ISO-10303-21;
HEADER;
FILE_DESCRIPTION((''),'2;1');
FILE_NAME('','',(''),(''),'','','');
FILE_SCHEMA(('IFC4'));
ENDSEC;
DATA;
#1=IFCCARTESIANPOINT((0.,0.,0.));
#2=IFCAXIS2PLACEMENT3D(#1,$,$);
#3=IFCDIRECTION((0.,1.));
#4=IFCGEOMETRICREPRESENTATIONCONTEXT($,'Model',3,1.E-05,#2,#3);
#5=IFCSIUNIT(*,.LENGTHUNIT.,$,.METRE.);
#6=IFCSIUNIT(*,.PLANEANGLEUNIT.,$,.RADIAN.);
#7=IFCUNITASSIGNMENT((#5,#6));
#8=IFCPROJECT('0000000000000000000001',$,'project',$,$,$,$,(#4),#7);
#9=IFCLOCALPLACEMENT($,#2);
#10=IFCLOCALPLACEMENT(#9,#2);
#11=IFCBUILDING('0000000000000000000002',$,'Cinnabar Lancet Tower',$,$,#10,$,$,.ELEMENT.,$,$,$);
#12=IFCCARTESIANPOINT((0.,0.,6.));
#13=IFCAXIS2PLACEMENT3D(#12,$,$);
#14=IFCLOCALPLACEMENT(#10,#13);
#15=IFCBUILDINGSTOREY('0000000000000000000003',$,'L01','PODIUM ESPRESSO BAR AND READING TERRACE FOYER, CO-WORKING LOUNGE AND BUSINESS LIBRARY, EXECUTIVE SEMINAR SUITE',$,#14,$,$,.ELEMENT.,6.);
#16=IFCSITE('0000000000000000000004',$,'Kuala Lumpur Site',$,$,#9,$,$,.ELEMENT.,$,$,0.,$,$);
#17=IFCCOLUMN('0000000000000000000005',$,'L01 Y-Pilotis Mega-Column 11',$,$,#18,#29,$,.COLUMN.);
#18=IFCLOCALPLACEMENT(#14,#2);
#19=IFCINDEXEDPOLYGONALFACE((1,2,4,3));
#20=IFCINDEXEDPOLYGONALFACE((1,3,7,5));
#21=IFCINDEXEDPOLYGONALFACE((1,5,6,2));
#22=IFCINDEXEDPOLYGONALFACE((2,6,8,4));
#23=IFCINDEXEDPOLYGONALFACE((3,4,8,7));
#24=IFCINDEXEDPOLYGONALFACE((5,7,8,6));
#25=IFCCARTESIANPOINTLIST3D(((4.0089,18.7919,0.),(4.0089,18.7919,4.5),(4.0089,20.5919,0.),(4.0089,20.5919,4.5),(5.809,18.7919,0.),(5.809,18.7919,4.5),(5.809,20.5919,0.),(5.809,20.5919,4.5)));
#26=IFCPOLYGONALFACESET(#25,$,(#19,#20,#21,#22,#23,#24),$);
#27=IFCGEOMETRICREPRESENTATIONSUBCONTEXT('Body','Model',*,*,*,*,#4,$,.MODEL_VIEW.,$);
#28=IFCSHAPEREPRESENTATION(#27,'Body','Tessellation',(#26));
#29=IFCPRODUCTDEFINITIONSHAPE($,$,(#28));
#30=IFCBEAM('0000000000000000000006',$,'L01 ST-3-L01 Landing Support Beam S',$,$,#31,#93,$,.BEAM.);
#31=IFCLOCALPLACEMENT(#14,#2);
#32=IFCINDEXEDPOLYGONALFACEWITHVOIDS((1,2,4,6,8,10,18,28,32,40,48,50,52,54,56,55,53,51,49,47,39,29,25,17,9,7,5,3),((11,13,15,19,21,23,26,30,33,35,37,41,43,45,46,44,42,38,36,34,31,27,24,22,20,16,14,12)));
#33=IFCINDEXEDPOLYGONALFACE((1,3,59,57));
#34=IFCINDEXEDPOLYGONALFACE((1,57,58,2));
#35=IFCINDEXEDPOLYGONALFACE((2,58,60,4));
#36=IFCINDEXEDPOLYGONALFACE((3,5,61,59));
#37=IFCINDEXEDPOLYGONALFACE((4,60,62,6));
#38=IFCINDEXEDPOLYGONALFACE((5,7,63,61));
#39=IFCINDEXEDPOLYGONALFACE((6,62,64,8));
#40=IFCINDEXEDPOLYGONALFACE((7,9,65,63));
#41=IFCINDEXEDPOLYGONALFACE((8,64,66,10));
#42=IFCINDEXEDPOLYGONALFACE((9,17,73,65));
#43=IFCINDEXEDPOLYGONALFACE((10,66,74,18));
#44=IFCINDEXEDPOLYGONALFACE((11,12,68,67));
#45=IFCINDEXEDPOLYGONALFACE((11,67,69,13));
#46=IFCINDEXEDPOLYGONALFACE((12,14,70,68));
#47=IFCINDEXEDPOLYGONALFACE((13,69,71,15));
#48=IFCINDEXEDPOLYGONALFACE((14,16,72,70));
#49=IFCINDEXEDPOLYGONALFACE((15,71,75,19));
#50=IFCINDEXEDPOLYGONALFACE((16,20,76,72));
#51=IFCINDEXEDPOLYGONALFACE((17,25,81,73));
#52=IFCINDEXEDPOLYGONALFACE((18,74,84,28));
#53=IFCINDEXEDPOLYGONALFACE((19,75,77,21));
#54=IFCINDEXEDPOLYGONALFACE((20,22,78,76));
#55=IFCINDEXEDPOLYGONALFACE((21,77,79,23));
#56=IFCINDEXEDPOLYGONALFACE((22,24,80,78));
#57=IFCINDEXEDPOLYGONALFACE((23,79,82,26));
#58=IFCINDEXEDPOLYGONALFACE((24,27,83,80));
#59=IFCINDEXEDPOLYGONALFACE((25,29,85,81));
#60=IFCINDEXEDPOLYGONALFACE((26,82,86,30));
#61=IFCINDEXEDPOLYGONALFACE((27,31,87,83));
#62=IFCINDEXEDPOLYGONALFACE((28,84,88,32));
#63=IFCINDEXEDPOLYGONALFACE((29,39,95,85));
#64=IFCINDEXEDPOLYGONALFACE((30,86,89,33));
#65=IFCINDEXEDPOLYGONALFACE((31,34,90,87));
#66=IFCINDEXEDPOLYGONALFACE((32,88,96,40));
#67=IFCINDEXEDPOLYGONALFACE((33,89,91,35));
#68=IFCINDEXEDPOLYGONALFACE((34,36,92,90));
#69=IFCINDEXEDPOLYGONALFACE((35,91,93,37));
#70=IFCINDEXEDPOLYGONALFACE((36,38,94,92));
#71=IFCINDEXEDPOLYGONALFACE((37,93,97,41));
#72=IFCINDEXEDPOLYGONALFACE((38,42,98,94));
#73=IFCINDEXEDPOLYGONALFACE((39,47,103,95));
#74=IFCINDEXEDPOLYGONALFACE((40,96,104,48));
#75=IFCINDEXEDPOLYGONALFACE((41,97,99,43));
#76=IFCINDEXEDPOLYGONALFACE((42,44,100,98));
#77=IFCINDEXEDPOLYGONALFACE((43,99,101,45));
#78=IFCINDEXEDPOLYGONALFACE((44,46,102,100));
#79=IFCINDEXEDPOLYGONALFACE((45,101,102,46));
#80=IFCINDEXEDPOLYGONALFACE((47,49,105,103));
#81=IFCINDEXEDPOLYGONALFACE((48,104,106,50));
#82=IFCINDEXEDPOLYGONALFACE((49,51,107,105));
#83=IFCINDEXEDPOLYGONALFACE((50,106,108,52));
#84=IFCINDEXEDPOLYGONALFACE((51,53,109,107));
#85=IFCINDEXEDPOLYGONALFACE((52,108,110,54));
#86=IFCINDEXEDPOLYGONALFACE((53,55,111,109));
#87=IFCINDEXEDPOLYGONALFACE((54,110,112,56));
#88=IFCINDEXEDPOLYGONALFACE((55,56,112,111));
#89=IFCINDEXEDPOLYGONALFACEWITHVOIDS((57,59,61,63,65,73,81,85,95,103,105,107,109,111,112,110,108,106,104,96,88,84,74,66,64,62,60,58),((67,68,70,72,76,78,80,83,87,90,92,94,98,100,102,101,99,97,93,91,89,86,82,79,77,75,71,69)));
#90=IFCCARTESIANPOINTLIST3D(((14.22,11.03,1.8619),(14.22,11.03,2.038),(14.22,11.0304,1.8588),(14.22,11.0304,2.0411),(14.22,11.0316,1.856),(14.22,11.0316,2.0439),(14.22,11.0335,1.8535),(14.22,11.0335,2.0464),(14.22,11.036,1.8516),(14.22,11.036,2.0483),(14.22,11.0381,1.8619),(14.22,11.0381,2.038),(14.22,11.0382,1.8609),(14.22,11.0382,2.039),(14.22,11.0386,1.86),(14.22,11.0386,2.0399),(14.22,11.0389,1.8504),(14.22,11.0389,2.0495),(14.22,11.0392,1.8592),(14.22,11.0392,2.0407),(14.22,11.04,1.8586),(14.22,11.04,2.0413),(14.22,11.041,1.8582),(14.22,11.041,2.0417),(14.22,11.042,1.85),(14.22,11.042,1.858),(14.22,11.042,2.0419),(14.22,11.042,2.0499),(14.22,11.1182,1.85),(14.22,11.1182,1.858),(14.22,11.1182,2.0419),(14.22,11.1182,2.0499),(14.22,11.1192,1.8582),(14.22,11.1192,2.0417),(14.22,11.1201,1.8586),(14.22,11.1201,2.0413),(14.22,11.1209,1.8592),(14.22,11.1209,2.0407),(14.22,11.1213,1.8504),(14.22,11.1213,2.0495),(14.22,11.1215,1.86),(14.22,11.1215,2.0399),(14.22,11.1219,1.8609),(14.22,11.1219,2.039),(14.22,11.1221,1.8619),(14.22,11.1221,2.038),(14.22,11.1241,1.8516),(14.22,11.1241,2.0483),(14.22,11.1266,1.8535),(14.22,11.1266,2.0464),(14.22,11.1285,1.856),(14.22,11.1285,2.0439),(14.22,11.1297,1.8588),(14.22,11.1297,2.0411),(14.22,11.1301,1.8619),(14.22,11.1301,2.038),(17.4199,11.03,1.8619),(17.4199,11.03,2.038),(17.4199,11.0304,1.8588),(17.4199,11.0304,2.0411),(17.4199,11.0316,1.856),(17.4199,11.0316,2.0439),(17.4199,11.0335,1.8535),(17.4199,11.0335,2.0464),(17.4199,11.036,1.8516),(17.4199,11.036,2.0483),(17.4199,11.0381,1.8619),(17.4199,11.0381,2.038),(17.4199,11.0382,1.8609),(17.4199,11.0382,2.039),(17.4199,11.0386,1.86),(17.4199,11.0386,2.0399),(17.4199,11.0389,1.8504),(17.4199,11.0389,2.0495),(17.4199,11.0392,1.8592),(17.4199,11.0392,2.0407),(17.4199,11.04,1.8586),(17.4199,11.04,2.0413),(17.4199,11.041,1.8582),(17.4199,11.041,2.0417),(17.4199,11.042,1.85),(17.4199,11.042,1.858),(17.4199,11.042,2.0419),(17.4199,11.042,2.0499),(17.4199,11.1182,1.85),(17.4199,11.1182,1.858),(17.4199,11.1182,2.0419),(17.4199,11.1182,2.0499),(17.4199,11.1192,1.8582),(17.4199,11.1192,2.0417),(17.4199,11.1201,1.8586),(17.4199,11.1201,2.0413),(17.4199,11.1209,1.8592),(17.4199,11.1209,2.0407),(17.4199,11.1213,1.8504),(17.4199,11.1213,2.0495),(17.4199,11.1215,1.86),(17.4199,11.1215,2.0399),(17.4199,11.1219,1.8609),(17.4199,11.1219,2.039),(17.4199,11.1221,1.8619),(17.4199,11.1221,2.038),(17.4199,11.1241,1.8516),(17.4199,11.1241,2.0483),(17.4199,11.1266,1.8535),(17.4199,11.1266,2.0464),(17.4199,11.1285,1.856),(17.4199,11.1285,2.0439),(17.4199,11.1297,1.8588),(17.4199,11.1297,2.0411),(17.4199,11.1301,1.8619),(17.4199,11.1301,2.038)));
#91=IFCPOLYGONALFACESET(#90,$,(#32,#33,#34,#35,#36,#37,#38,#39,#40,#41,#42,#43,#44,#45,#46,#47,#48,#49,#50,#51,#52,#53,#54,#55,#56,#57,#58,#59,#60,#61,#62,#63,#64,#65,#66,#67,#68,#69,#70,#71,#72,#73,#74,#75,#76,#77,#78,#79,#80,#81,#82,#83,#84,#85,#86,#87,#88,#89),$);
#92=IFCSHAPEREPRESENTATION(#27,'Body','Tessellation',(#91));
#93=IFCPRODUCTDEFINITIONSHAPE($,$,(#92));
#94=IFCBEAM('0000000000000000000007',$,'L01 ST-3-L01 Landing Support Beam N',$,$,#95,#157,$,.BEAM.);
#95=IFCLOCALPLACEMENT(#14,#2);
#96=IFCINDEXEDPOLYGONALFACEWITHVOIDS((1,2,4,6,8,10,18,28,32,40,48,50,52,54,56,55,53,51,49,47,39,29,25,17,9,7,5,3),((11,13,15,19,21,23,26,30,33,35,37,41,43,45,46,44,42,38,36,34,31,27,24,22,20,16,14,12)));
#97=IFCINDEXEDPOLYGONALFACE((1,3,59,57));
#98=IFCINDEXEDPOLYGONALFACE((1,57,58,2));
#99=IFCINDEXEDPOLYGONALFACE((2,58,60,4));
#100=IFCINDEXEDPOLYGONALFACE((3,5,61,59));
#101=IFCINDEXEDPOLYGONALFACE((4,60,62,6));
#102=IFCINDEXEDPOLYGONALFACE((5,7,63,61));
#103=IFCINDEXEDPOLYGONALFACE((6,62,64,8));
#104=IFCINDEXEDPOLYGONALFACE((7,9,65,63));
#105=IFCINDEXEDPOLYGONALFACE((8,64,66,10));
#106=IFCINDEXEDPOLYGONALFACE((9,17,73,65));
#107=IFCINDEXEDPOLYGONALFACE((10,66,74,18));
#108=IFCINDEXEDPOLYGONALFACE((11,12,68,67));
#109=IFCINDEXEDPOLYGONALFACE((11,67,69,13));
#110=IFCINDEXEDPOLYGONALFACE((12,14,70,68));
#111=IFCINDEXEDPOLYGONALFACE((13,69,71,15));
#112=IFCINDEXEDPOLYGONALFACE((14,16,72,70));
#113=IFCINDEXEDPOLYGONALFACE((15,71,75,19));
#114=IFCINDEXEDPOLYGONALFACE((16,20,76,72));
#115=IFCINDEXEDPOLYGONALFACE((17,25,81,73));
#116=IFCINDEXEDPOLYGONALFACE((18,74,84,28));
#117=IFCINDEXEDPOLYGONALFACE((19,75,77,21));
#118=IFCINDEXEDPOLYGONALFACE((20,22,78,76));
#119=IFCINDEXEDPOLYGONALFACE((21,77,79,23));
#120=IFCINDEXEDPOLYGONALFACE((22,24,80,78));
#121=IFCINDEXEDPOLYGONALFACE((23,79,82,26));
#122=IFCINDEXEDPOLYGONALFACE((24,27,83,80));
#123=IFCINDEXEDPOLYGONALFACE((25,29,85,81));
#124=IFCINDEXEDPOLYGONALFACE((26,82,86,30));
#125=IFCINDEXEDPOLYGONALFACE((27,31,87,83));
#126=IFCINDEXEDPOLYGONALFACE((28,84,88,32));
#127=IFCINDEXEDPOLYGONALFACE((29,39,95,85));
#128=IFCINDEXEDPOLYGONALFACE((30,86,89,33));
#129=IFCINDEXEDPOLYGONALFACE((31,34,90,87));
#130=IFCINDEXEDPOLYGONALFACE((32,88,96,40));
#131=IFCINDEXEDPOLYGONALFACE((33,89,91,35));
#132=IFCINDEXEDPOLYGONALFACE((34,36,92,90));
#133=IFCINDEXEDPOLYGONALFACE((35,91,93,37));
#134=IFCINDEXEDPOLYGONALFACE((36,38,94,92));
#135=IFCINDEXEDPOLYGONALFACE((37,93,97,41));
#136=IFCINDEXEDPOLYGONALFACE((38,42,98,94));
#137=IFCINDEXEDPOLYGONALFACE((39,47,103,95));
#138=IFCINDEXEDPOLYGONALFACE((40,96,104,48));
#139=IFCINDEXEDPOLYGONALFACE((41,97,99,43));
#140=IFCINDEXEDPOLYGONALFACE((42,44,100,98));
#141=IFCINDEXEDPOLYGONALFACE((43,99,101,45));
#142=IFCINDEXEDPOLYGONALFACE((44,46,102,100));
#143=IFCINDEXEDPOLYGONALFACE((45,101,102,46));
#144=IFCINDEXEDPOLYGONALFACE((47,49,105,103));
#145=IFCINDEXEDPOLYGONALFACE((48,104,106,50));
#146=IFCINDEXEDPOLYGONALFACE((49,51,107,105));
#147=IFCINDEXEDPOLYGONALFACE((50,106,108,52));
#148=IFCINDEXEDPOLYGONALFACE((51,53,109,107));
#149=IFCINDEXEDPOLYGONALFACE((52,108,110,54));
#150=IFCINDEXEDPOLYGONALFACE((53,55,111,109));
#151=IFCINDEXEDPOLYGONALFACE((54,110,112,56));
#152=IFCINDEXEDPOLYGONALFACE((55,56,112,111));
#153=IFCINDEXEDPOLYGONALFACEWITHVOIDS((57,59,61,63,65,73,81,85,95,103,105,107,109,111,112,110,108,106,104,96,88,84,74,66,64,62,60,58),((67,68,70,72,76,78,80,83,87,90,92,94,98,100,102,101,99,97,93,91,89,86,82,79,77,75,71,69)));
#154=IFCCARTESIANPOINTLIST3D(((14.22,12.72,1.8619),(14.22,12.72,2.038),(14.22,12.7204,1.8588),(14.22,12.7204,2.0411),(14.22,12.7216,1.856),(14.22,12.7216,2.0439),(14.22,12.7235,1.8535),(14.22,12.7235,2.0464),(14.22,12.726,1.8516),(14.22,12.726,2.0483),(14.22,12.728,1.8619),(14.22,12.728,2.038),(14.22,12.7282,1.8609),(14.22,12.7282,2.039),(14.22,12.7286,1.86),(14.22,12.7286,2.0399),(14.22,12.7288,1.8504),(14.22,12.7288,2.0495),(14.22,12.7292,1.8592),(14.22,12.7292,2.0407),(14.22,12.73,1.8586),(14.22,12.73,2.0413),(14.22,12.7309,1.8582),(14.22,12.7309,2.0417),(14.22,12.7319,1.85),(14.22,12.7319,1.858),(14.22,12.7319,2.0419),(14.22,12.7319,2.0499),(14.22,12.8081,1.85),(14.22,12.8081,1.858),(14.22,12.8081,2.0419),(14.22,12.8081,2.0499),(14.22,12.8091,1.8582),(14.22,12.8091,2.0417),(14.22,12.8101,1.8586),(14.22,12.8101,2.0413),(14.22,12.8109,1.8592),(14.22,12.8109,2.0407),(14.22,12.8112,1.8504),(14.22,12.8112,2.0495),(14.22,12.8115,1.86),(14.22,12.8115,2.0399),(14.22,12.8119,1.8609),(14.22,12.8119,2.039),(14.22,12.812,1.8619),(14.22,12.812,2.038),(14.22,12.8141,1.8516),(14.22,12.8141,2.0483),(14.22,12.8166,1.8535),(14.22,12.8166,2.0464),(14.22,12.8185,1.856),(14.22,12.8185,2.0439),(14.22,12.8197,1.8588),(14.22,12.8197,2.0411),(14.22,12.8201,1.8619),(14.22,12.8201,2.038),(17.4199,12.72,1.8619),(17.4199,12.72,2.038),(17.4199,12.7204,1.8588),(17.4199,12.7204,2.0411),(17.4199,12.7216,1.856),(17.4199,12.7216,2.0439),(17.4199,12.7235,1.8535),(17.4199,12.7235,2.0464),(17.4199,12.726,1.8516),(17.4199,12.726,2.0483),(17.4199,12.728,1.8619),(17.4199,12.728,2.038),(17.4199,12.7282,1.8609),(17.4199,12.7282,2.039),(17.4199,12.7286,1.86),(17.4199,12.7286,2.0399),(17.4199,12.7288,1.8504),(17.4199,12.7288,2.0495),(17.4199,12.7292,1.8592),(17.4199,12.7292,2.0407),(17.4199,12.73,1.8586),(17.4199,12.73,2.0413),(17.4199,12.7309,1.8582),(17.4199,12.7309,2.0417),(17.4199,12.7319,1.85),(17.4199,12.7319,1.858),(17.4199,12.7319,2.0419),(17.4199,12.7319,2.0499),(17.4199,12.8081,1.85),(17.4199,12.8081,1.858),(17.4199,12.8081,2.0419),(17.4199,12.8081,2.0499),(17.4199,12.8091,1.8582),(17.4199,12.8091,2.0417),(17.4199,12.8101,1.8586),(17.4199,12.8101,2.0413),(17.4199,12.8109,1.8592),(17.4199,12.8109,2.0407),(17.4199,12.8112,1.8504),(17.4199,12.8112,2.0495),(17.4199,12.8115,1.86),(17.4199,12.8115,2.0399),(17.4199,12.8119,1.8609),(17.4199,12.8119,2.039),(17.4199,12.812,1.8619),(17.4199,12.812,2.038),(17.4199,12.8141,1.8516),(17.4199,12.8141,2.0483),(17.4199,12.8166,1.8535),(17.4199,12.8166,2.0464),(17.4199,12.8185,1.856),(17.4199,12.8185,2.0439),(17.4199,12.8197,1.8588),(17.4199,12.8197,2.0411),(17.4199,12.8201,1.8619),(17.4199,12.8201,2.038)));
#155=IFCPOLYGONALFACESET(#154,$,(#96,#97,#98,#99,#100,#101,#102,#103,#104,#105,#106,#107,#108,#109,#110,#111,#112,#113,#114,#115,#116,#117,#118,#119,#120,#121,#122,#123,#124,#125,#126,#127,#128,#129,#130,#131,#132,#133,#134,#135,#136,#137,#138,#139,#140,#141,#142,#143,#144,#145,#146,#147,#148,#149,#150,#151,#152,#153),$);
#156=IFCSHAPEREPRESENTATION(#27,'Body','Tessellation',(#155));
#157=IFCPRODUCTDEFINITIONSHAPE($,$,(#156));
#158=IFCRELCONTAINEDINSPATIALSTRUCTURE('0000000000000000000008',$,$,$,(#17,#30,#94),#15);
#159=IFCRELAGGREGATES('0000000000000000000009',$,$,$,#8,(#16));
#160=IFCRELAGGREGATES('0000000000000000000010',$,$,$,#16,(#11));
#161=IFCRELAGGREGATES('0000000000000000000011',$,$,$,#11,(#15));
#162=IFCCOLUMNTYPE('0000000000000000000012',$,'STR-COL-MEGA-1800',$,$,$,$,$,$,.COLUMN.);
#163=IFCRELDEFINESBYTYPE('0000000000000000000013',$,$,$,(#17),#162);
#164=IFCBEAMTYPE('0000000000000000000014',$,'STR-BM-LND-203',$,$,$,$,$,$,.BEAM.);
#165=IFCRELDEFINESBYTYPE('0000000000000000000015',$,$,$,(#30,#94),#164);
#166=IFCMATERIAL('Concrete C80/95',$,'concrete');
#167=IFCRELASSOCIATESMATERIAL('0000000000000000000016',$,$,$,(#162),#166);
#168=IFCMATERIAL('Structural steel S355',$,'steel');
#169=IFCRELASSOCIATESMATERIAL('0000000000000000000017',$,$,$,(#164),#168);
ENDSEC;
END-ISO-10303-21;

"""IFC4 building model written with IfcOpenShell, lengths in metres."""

from ifc_helpers import new_model, si_unit, direction, frame, origin, origin_2d, place, context, subcontext, project, spatial, rectangle, hollow_rectangle, extrude, material, material_profile, profile_set, type_object, element, save


model = new_model("IFC4")

# Units and contexts
model_context = context("Model", 3, precision=1e-05, world=origin(), true_north=direction((0.0, 1.0)))
body_context = subcontext(model_context, "Body", "Model", "MODEL_VIEW")
ifc_project = project(units=[si_unit("LENGTHUNIT", "METRE"), si_unit("PLANEANGLEUNIT", "RADIAN")], contexts=[model_context])

# Site, building, storey
site_placement = place(None, origin())
site = spatial("IfcSite", under=ifc_project, at=site_placement, Name="Kuala Lumpur Site", CompositionType="ELEMENT", RefElevation=0.0)
building_placement = place(site_placement, origin())
building = spatial("IfcBuilding", under=site, at=building_placement, Name="Cinnabar Lancet Tower", CompositionType="ELEMENT")
storey_placement = place(building_placement, frame((0.0, 0.0, 6.0)))
storey = spatial("IfcBuildingStorey", under=building, at=storey_placement, Name="L01", Description="PODIUM ESPRESSO BAR AND READING TERRACE FOYER, CO-WORKING LOUNGE AND BUSINESS LIBRARY, EXECUTIVE SEMINAR SUITE", CompositionType="ELEMENT", Elevation=6.0)

# Column
ifc_material_1 = material(Name="Concrete C80/95", Category="concrete")
ifc_material_profile_1 = material_profile(ifc_material_1, rectangle(XDim=1.8, YDim=1.8, at=origin_2d()), Name="RC-MEGA 1800x1800")
ifc_profile_set_1 = profile_set([ifc_material_profile_1], Name="Concrete C80/95")
column_type = type_object("IfcColumnType", Name="STR-COL-MEGA-1800", PredefinedType="COLUMN", material=ifc_profile_set_1)
column_placement = place(storey_placement, frame((4.9089, 19.6919, 0.0), z_axis=(0.0, 0.0, 1.0), x_axis=(1.0, 0.0, 0.0)))
element("IfcColumn", 1, at=column_placement, inside=storey, type_object=column_type, Name="L01 Y-Pilotis Mega-Column 11", PredefinedType="COLUMN", context=body_context, shape_type="SweptSolid", body=[
    extrude(rectangle(XDim=1.8, YDim=1.8, at=origin_2d()), origin(), (0.0, 0.0, 1.0), 4.5),
])

# Beams
ifc_material_2 = material(Name="Structural steel S355", Category="steel")
ifc_material_profile_2 = material_profile(ifc_material_2, hollow_rectangle(XDim=0.1001, YDim=0.2, WallThickness=0.0081, InnerFilletRadius=0.0039, OuterFilletRadius=0.012, at=origin_2d()), Name="RHS 200x100x8")
ifc_profile_set_2 = profile_set([ifc_material_profile_2], Name="Structural steel S355")
beam_type_1 = type_object("IfcBeamType", Name="STR-BM-LND-203", PredefinedType="BEAM", material=ifc_profile_set_2)
for number, where, z_axis, x_axis, name in (
    (2, (14.22, 11.0801, 1.95), (1.0, 0.0, 0.0), (0.0, 1.0, 0.0), "L01 ST-3-L01 Landing Support Beam S"),
    (3, (14.22, 12.77, 1.95), (1.0, 0.0, 0.0), (0.0, 1.0, 0.0), "L01 ST-3-L01 Landing Support Beam N"),
):
    element("IfcBeam", number, at=place(storey_placement, frame(where, z_axis=z_axis, x_axis=x_axis)), inside=storey, type_object=beam_type_1, Name=name, PredefinedType="BEAM", context=body_context, shape_type="SweptSolid", body=[
        extrude(hollow_rectangle(XDim=0.1001, YDim=0.2, WallThickness=0.0081, InnerFilletRadius=0.0039, OuterFilletRadius=0.012, at=origin_2d()), origin(), (0.0, 0.0, 1.0), 3.2),
    ])

save(model, "model.ifc")
